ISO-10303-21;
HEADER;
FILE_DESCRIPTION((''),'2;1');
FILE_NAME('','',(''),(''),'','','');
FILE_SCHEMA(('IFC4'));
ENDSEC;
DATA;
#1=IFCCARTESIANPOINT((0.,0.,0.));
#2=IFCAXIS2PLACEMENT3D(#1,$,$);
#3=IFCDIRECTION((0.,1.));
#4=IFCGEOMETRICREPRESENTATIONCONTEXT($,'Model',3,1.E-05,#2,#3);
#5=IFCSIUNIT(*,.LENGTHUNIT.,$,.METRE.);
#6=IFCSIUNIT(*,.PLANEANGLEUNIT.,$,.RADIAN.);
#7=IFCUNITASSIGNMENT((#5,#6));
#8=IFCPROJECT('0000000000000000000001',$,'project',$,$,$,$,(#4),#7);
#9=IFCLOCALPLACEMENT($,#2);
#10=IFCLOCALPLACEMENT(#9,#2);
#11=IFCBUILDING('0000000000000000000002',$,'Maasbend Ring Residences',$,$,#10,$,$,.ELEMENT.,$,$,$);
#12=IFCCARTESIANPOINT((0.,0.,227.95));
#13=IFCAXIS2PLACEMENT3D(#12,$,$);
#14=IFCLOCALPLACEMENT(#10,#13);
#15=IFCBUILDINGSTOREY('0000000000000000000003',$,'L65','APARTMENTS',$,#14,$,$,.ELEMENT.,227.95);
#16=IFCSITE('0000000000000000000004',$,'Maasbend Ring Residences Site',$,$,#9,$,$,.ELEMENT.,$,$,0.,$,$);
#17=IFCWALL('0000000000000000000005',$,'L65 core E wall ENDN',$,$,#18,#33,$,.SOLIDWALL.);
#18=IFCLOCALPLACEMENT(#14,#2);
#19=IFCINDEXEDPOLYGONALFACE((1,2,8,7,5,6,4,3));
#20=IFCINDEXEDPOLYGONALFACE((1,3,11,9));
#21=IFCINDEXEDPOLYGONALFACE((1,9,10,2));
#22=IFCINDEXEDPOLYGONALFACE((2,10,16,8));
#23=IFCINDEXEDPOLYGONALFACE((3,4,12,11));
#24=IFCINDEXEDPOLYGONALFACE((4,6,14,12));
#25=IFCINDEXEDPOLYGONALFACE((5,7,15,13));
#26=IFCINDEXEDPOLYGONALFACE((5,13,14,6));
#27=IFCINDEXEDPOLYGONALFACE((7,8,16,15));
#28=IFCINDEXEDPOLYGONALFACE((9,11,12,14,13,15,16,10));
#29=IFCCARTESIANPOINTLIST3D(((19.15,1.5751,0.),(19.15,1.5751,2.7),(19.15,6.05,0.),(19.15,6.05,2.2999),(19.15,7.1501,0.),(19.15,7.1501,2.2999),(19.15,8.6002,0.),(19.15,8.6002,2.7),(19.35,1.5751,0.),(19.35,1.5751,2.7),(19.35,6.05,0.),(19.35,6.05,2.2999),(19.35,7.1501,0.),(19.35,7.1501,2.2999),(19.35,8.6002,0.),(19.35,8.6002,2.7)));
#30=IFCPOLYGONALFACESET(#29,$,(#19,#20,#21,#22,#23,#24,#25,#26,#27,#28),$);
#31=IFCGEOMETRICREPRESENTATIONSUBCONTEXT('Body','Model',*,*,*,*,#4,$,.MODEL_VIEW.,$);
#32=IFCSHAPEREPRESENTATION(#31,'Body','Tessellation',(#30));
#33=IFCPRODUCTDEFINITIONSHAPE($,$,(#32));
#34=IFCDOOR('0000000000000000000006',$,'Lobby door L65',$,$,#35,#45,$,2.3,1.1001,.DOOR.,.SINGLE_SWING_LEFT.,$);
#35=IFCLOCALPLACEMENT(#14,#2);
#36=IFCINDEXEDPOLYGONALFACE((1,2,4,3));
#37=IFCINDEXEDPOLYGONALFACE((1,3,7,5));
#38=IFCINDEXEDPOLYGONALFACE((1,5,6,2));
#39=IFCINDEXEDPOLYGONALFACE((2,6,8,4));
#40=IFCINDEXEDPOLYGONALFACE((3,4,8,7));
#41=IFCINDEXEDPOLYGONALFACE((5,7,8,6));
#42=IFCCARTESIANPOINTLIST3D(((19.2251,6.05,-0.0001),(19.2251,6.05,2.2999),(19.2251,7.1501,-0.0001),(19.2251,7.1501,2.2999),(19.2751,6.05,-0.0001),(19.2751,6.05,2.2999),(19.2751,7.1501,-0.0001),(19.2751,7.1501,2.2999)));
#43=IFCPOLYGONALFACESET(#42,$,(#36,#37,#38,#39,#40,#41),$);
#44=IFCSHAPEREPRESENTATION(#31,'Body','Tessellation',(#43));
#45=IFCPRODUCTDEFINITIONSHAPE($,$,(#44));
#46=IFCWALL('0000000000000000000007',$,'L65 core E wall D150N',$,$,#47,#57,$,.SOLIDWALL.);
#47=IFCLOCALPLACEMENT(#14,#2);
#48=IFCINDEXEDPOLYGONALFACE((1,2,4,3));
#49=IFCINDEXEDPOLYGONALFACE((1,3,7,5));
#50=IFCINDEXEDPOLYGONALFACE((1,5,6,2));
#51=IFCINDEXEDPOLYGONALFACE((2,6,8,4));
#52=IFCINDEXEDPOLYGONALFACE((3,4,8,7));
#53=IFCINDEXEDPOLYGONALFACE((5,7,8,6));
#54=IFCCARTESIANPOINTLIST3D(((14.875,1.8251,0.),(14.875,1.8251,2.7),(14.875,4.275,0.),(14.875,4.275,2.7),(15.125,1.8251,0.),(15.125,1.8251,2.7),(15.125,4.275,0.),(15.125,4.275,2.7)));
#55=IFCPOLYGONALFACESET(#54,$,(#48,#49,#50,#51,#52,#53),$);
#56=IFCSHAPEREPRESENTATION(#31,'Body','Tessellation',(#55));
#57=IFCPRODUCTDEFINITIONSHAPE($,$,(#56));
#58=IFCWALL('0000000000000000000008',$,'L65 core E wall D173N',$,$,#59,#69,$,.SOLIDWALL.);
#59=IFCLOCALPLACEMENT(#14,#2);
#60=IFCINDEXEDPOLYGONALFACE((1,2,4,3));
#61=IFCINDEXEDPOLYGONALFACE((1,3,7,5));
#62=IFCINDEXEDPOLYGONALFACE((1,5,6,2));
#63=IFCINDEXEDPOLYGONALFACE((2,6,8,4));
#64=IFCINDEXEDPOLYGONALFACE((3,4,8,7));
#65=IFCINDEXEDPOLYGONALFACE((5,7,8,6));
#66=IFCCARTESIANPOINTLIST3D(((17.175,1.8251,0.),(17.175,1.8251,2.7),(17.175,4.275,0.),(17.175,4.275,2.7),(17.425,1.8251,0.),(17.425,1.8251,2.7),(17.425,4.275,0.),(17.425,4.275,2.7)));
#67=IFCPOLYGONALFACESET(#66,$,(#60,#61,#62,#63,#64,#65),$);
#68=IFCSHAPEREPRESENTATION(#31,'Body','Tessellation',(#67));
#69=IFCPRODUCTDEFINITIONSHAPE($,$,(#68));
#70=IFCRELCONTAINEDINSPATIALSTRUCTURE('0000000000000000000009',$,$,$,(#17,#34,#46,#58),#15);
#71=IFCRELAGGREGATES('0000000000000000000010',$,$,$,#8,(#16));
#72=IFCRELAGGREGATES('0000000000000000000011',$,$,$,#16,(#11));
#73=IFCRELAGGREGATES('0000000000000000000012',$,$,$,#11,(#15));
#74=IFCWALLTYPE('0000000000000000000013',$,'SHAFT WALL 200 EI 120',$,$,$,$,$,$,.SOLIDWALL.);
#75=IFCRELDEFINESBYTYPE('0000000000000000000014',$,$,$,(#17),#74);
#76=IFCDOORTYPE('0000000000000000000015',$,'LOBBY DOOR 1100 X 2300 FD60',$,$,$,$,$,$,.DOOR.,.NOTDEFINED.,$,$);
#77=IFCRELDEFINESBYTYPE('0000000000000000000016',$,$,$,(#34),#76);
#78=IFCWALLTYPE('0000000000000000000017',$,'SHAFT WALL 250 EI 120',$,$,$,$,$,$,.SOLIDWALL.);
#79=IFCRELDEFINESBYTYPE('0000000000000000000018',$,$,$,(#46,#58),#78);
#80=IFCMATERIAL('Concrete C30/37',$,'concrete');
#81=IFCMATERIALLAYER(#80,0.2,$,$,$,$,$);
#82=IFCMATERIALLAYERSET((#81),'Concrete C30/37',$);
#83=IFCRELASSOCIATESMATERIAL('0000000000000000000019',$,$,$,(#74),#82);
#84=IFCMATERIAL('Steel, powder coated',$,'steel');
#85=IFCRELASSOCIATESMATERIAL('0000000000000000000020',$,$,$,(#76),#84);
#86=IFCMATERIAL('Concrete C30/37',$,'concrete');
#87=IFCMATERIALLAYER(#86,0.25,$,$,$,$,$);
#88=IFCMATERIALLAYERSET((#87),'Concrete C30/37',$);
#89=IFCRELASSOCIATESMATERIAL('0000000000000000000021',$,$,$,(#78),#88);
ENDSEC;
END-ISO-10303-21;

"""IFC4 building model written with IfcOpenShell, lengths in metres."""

from ifc_helpers import new_model, si_unit, direction, frame, frame_2d, origin, place, context, subcontext, project, spatial, rectangle, extrude, material, layer, layer_set, type_object, element, fill, save


model = new_model("IFC4")

# Units and contexts
model_context = context("Model", 3, precision=1e-05, world=origin(), true_north=direction((0.0, 1.0)))
body_context = subcontext(model_context, "Body", "Model", "MODEL_VIEW")
ifc_project = project(units=[si_unit("LENGTHUNIT", "METRE"), si_unit("PLANEANGLEUNIT", "RADIAN")], contexts=[model_context])

# Site, building, storey
site_placement = place(None, origin())
site = spatial("IfcSite", under=ifc_project, at=site_placement, Name="Maasbend Ring Residences Site", CompositionType="ELEMENT", RefElevation=0.0)
building_placement = place(site_placement, origin())
building = spatial("IfcBuilding", under=site, at=building_placement, Name="Maasbend Ring Residences", CompositionType="ELEMENT")
storey_placement = place(building_placement, frame((0.0, 0.0, 227.95)))
storey = spatial("IfcBuildingStorey", under=building, at=storey_placement, Name="L65", Description="APARTMENTS", CompositionType="ELEMENT", Elevation=227.95)

# Wall, opening, door
ifc_material_1 = material(Name="Concrete C30/37", Category="concrete")
ifc_layer_1 = layer(ifc_material_1, 0.2)
ifc_layer_set_1 = layer_set([ifc_layer_1], Name="Concrete C30/37")
wall_type_1 = type_object("IfcWallType", Name="SHAFT WALL 200 EI 120", PredefinedType="SOLIDWALL", material=ifc_layer_set_1)
wall_1_placement = place(storey_placement, frame((19.25, 1.575, 0.0), z_axis=(0.0, 0.0, 1.0), x_axis=(0.0, 1.0, 0.0)))
wall_1 = element("IfcWall", 1, at=wall_1_placement, inside=storey, type_object=wall_type_1, Name="L65 core E wall ENDN", PredefinedType="SOLIDWALL", context=body_context, shape_type="SweptSolid", body=[
    extrude(rectangle(XDim=7.0251, YDim=0.2, at=frame_2d((3.5127, 0.0))), origin(), (0.0, 0.0, 1.0), 2.7),
])
opening_1_placement = place(wall_1_placement, frame((4.4751, 0.0, 0.0)))
opening_1 = element("IfcOpeningElement", 2, at=opening_1_placement, cuts=wall_1, PredefinedType="OPENING", context=body_context, shape_type="SweptSolid", body=[
    extrude(rectangle(XDim=1.1001, YDim=2.3, at=frame_2d((0.55, 1.1499))), frame((0.0, 0.1099, 0.0), z_axis=(0.0, -1.0, 0.0), x_axis=(1.0, 0.0, 0.0)), (0.0, 0.0, 1.0), 0.22),
])
ifc_material_2 = material(Name="Steel, powder coated", Category="steel")
door_type_1 = type_object("IfcDoorType", Name="LOBBY DOOR 1100 X 2300 FD60", OperationType="NOTDEFINED", PredefinedType="DOOR", material=ifc_material_2)
door_1_placement = place(opening_1_placement, origin())
door_1 = element("IfcDoor", 3, at=door_1_placement, inside=storey, type_object=door_type_1, Name="Lobby door L65", OperationType="SINGLE_SWING_LEFT", OverallHeight=2.3, OverallWidth=1.1001, PredefinedType="DOOR", context=body_context, shape_type="SweptSolid", body=[
    extrude(rectangle(XDim=1.1001, YDim=2.3, at=frame_2d((0.55, 1.1499))), frame((0.0, 0.0249, 0.0), z_axis=(0.0, -1.0, 0.0), x_axis=(1.0, 0.0, 0.0)), (0.0, 0.0, 1.0), 0.05),
])
fill(opening_1, door_1)

# Walls
ifc_material_3 = material(Name="Concrete C30/37", Category="concrete")
ifc_layer_2 = layer(ifc_material_3, 0.25)
ifc_layer_set_2 = layer_set([ifc_layer_2], Name="Concrete C30/37")
wall_type_2 = type_object("IfcWallType", Name="SHAFT WALL 250 EI 120", PredefinedType="SOLIDWALL", material=ifc_layer_set_2)
for number, where, z_axis, x_axis, name in (
    (4, (15.0, 1.825, 0.0), (0.0, 0.0, 1.0), (0.0, 1.0, 0.0), "L65 core E wall D150N"),
    (5, (17.3, 1.825, 0.0), (0.0, 0.0, 1.0), (0.0, 1.0, 0.0), "L65 core E wall D173N"),
):
    element("IfcWall", number, at=place(storey_placement, frame(where, z_axis=z_axis, x_axis=x_axis)), inside=storey, type_object=wall_type_2, Name=name, PredefinedType="SOLIDWALL", context=body_context, shape_type="SweptSolid", body=[
        extrude(rectangle(XDim=2.45, YDim=0.25, at=frame_2d((1.2251, 0.0))), origin(), (0.0, 0.0, 1.0), 2.7),
    ])

save(model, "model.ifc")
